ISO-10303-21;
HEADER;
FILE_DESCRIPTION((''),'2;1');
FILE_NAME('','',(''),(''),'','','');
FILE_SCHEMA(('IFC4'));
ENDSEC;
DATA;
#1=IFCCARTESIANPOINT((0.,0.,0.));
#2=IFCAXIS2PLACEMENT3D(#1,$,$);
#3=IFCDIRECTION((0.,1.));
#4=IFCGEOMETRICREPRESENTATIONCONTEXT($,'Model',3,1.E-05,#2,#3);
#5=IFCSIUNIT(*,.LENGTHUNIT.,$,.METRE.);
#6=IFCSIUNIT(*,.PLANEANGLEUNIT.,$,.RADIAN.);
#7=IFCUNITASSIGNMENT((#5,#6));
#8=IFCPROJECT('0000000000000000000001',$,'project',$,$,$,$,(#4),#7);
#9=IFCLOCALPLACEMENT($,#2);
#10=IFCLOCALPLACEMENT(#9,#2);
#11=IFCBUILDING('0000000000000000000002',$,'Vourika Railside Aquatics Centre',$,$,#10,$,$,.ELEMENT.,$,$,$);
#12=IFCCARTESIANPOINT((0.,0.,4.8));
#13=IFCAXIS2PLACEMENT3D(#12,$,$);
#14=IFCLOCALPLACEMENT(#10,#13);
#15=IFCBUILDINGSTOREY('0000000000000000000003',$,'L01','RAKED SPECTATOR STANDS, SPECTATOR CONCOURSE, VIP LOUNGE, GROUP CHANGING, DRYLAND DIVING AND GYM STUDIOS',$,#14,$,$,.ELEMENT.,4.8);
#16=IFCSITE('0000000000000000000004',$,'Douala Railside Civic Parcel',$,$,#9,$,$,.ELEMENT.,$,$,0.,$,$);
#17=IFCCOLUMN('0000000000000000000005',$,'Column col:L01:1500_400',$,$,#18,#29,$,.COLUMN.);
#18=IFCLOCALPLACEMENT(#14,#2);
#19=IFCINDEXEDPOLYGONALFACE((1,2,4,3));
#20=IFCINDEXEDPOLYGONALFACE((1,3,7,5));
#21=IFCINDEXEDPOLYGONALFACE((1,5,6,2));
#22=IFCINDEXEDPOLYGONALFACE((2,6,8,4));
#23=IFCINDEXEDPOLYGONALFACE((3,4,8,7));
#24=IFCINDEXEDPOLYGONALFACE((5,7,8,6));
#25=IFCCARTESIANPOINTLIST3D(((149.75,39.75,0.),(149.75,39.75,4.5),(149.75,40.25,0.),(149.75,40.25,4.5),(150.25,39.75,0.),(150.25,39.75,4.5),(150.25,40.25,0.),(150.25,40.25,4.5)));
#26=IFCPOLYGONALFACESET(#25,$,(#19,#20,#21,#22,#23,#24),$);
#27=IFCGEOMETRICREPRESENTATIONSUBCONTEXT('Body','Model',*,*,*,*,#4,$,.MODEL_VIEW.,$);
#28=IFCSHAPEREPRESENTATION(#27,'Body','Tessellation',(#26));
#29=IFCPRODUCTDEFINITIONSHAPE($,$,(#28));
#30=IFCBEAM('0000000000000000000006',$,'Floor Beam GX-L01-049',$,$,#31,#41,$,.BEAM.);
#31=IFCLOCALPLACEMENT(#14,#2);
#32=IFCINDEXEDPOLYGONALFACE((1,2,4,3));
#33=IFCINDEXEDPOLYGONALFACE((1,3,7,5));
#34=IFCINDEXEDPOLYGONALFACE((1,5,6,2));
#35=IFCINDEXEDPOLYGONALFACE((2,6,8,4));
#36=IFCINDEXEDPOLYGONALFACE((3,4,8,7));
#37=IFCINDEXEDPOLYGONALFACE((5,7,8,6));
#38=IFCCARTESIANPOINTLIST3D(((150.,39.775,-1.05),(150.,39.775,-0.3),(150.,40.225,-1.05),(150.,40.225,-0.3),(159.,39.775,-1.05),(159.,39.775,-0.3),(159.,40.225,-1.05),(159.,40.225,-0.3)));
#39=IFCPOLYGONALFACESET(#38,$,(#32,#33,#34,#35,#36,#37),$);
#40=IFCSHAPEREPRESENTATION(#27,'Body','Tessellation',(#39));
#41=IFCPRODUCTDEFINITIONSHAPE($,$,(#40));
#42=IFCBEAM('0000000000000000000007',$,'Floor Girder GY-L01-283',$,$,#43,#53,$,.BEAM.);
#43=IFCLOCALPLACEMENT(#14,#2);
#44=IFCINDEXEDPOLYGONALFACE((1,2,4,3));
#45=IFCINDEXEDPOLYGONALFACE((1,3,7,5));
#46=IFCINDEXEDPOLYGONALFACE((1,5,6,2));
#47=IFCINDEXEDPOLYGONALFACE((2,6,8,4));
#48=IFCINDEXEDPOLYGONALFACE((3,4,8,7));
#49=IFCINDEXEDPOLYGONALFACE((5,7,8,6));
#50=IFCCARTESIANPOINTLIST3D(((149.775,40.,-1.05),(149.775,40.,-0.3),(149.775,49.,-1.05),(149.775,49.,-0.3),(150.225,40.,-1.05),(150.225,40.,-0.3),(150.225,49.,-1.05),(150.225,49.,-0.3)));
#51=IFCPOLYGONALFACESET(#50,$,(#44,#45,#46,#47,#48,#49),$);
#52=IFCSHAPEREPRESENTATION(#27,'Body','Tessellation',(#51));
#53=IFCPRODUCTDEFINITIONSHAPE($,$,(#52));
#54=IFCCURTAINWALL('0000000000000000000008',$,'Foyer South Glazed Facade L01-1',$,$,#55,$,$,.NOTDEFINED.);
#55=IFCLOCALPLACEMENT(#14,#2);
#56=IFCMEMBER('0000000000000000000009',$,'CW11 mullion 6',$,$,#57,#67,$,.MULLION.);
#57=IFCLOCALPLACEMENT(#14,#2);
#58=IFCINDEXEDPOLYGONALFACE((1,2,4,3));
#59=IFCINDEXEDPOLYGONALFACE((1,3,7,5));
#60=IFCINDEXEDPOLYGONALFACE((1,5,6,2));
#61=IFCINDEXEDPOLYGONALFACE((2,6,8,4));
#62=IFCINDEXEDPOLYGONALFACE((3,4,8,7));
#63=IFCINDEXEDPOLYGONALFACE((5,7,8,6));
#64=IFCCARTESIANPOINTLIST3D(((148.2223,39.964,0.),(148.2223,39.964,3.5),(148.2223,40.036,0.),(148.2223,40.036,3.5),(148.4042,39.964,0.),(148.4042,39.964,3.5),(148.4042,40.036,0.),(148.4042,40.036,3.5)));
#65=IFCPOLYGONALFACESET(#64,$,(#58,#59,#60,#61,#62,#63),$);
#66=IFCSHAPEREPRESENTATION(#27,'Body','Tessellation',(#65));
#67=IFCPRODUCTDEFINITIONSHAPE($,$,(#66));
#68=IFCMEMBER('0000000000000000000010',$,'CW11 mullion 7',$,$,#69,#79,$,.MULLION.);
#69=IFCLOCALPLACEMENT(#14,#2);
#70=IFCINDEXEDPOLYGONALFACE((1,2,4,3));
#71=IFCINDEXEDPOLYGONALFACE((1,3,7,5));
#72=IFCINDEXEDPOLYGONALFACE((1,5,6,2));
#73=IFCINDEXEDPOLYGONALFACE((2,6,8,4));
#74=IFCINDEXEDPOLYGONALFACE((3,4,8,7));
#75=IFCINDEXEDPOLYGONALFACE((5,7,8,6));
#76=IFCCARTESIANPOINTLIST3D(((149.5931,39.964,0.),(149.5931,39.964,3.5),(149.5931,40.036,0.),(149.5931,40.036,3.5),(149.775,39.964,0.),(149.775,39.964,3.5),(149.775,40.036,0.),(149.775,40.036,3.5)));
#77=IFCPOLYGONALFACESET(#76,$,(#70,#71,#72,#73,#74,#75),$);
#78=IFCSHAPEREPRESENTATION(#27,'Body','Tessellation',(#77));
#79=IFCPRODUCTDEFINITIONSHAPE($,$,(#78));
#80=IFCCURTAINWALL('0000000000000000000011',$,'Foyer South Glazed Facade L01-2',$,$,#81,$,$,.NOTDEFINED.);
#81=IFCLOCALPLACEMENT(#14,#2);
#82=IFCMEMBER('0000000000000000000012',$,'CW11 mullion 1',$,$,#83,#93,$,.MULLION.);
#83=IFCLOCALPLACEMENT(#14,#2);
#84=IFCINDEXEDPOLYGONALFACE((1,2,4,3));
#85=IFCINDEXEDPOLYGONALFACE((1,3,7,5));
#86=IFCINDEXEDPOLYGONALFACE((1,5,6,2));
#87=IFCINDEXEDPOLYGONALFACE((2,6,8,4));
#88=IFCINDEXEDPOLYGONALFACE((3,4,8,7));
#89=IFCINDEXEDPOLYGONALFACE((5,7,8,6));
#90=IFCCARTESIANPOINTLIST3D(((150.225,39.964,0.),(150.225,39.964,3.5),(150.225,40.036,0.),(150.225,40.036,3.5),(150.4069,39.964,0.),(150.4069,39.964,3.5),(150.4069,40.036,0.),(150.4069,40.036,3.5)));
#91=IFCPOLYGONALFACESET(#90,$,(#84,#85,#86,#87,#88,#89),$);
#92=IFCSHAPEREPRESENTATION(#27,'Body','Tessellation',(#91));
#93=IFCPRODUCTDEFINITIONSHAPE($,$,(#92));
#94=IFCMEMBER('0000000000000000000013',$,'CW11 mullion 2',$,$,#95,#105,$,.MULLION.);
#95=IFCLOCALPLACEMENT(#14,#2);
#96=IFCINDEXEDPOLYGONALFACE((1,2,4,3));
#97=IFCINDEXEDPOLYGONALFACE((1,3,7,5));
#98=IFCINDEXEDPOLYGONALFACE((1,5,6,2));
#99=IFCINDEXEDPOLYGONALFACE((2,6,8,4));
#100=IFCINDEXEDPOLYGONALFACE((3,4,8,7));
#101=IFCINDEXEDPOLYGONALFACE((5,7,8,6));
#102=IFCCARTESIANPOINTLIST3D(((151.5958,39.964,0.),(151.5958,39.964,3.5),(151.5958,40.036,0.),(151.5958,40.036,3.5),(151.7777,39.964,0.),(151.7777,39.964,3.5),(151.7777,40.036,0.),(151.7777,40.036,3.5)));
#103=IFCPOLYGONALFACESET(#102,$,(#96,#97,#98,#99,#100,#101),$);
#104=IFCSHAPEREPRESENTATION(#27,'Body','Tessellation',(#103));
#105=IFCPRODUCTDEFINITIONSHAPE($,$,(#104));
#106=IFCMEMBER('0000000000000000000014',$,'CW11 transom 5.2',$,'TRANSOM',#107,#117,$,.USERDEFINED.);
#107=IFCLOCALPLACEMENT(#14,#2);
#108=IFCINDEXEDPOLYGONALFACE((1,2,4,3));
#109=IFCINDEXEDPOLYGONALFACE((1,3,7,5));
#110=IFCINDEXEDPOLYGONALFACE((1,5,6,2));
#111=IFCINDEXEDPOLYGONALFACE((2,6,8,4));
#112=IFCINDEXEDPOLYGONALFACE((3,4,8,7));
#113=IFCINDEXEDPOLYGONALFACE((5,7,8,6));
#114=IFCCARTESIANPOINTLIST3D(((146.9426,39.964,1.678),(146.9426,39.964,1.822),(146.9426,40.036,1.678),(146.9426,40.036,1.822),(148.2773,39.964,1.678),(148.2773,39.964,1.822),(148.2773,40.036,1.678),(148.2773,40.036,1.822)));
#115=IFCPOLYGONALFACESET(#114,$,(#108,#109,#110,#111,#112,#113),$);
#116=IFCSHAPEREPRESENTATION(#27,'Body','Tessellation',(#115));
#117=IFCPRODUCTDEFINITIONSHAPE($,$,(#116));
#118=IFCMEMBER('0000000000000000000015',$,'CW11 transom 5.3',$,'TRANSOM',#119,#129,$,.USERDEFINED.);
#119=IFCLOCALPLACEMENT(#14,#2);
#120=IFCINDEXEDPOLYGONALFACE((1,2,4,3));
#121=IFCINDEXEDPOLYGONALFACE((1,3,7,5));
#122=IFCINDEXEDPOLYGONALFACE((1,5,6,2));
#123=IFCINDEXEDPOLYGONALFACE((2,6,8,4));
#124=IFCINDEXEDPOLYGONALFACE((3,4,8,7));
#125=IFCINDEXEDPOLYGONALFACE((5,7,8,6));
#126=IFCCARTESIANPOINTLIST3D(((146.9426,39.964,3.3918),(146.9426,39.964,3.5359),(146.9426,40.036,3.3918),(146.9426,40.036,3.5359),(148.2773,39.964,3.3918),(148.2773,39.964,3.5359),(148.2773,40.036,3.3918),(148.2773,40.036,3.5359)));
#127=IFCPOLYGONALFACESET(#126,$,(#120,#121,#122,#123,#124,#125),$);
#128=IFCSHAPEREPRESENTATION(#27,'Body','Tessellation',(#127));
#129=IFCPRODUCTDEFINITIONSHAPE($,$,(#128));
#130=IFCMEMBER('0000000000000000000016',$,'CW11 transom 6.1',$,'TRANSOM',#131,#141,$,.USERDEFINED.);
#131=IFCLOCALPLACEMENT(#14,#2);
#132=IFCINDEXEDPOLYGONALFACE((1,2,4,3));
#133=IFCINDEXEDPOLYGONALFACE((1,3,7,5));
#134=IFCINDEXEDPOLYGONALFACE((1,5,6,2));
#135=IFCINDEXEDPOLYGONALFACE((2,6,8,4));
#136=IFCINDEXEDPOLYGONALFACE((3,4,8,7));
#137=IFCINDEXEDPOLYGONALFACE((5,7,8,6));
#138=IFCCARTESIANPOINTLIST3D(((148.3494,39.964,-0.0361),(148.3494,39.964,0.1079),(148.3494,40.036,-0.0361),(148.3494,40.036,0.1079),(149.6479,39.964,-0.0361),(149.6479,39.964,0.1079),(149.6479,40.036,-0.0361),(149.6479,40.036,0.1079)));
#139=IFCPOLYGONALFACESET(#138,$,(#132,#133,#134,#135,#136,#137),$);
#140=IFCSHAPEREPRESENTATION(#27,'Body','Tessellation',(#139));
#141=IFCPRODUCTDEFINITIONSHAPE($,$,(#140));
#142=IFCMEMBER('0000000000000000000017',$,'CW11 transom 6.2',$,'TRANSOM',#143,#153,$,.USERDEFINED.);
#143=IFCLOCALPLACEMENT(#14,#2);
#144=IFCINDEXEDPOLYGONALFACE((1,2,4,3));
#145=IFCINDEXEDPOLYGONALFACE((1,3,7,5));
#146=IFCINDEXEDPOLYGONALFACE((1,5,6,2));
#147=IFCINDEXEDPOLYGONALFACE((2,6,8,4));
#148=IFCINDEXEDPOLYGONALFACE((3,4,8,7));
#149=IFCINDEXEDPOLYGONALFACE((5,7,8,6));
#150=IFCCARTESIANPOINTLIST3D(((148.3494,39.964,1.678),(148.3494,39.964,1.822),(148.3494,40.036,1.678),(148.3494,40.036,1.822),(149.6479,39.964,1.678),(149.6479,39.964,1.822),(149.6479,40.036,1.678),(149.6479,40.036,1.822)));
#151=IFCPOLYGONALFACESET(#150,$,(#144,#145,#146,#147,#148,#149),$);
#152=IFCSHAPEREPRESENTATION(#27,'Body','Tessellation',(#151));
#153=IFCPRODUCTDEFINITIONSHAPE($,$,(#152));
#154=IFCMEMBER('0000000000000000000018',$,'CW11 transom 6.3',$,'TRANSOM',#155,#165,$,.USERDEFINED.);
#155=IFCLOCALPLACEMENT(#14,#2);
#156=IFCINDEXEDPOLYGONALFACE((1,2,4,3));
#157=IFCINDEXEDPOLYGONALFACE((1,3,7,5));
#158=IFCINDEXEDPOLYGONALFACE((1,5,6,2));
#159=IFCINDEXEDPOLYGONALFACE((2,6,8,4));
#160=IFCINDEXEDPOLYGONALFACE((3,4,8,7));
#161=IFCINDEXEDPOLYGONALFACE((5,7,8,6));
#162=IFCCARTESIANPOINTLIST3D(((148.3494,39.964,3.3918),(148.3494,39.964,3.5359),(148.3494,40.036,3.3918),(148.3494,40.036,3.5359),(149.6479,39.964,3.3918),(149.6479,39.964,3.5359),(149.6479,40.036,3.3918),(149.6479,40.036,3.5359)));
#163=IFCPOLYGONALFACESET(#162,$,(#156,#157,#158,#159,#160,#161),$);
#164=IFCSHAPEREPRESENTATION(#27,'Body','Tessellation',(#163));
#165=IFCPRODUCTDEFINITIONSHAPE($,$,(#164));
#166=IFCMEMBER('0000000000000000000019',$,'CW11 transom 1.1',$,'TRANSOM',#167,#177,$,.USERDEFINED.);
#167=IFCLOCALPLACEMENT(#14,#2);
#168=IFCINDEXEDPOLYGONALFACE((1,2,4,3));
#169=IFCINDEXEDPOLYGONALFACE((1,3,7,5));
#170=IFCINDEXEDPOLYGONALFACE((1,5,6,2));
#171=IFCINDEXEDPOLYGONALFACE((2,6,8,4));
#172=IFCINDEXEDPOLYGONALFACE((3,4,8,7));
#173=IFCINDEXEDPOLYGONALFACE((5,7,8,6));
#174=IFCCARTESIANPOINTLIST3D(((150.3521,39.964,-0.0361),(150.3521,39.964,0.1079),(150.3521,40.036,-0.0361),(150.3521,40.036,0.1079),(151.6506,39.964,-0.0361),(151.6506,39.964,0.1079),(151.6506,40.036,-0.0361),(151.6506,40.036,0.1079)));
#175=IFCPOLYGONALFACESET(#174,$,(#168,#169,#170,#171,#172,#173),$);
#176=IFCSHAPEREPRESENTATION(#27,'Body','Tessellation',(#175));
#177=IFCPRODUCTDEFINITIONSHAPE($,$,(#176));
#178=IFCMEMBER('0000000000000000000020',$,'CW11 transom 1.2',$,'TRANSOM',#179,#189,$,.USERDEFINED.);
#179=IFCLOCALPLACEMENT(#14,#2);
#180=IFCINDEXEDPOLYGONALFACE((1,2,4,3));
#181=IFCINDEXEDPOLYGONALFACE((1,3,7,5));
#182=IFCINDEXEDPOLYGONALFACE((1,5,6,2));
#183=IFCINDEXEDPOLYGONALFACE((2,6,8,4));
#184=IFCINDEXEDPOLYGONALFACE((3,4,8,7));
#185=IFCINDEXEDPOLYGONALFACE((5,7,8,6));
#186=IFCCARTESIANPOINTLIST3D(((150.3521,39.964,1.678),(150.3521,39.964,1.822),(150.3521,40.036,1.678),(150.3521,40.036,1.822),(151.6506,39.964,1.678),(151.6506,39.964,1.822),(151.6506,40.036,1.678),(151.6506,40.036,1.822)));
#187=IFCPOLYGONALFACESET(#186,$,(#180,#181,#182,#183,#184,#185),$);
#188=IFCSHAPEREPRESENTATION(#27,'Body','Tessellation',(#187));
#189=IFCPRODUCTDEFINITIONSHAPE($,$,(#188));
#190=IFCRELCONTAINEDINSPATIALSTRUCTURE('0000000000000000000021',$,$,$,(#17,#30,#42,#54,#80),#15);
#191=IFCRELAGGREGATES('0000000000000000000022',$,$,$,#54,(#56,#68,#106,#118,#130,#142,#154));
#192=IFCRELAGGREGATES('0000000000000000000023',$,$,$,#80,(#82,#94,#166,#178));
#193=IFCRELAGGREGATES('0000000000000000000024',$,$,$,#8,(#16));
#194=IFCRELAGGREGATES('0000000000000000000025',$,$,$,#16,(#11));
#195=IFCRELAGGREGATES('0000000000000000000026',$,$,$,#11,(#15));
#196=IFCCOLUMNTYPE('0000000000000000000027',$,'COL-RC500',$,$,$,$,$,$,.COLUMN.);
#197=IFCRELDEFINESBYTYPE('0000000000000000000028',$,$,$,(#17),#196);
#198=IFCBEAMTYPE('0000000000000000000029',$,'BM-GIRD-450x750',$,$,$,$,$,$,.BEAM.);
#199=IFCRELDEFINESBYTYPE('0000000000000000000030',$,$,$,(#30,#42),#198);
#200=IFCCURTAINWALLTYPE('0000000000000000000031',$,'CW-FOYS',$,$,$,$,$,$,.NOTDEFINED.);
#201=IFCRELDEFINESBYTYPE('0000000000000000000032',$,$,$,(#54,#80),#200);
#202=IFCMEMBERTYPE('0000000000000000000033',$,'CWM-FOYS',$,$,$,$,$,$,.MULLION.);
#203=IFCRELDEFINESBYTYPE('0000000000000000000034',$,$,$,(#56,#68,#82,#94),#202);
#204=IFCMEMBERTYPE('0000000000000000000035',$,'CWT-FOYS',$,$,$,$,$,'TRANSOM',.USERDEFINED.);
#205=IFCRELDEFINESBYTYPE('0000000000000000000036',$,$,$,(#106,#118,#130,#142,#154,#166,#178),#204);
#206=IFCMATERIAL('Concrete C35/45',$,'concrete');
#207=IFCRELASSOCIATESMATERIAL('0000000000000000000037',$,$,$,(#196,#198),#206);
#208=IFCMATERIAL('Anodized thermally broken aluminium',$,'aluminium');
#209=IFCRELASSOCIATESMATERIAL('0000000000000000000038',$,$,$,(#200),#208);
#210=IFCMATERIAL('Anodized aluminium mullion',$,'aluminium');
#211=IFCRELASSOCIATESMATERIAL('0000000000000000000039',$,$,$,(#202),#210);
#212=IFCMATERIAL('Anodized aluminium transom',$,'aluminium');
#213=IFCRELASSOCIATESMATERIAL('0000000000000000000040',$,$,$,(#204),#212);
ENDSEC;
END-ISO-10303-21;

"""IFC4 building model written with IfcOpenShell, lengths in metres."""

from ifc_helpers import new_model, si_unit, direction, frame, origin, origin_2d, place, context, subcontext, project, spatial, rectangle, extrude, material, material_profile, profile_set, type_object, element, aggregate, save


model = new_model("IFC4")

# Units and contexts
model_context = context("Model", 3, precision=1e-05, world=origin(), true_north=direction((0.0, 1.0)))
body_context = subcontext(model_context, "Body", "Model", "MODEL_VIEW")
ifc_project = project(units=[si_unit("LENGTHUNIT", "METRE"), si_unit("PLANEANGLEUNIT", "RADIAN")], contexts=[model_context])

# Site, building, storey
site_placement = place(None, origin())
site = spatial("IfcSite", under=ifc_project, at=site_placement, Name="Douala Railside Civic Parcel", CompositionType="ELEMENT", RefElevation=0.0)
building_placement = place(site_placement, origin())
building = spatial("IfcBuilding", under=site, at=building_placement, Name="Vourika Railside Aquatics Centre", CompositionType="ELEMENT")
storey_placement = place(building_placement, frame((0.0, 0.0, 4.8)))
storey = spatial("IfcBuildingStorey", under=building, at=storey_placement, Name="L01", Description="RAKED SPECTATOR STANDS, SPECTATOR CONCOURSE, VIP LOUNGE, GROUP CHANGING, DRYLAND DIVING AND GYM STUDIOS", CompositionType="ELEMENT", Elevation=4.8)

# Column
ifc_material_1 = material(Name="Concrete C35/45", Category="concrete")
ifc_material_profile_1 = material_profile(ifc_material_1, rectangle(XDim=0.5, YDim=0.5, at=origin_2d()), Name="RC 500x500")
ifc_profile_set_1 = profile_set([ifc_material_profile_1], Name="Concrete C35/45")
column_type = type_object("IfcColumnType", Name="COL-RC500", PredefinedType="COLUMN", material=ifc_profile_set_1)
column_placement = place(storey_placement, frame((150.0, 40.0, 0.0), z_axis=(0.0, 0.0, 1.0), x_axis=(1.0, 0.0, 0.0)))
element("IfcColumn", 1, at=column_placement, inside=storey, type_object=column_type, Name="Column col:L01:1500_400", PredefinedType="COLUMN", context=body_context, shape_type="SweptSolid", body=[
    extrude(rectangle(XDim=0.5, YDim=0.5, at=origin_2d()), origin(), (0.0, 0.0, 1.0), 4.5),
])

# Beams
ifc_material_profile_2 = material_profile(ifc_material_1, rectangle(XDim=0.45, YDim=0.75, at=origin_2d()), Name="RC 450x750")
ifc_profile_set_2 = profile_set([ifc_material_profile_2], Name="Concrete C35/45")
beam_type = type_object("IfcBeamType", Name="BM-GIRD-450x750", PredefinedType="BEAM", material=ifc_profile_set_2)
for number, where, z_axis, x_axis, name in (
    (2, (150.0, 40.0, -0.675), (1.0, 0.0, 0.0), (0.0, 1.0, 0.0), "Floor Beam GX-L01-049"),
    (3, (150.0, 40.0, -0.675), (0.0, 1.0, 0.0), (-1.0, 0.0, 0.0), "Floor Girder GY-L01-283"),
):
    element("IfcBeam", number, at=place(storey_placement, frame(where, z_axis=z_axis, x_axis=x_axis)), inside=storey, type_object=beam_type, Name=name, PredefinedType="BEAM", context=body_context, shape_type="SweptSolid", body=[
        extrude(rectangle(XDim=0.45, YDim=0.75, at=origin_2d()), origin(), (0.0, 0.0, 1.0), 9.0),
    ])

# Curtain walls, members
ifc_material_2 = material(Name="Anodized thermally broken aluminium", Category="aluminium")
curtain_wall_type = type_object("IfcCurtainWallType", Name="CW-FOYS", PredefinedType="NOTDEFINED", material=ifc_material_2)
curtain_wall_1_placement = place(storey_placement, origin())
curtain_wall_1 = element("IfcCurtainWall", 4, at=curtain_wall_1_placement, inside=storey, type_object=curtain_wall_type, Name="Foyer South Glazed Facade L01-1", PredefinedType="NOTDEFINED")
ifc_material_3 = material(Name="Anodized aluminium mullion", Category="aluminium")
ifc_material_profile_3 = material_profile(ifc_material_3, rectangle(XDim=0.072, YDim=0.1819, at=origin_2d()), Name="ALU-M 72x182")
ifc_profile_set_3 = profile_set([ifc_material_profile_3], Name="Anodized aluminium mullion")
member_type_1 = type_object("IfcMemberType", Name="CWM-FOYS", PredefinedType="MULLION", material=ifc_profile_set_3)
member_1_placement = place(storey_placement, frame((148.3132, 40.0, 0.0), z_axis=(0.0, 0.0, 1.0), x_axis=(0.0, 1.0, 0.0)))
member_1 = element("IfcMember", 5, at=member_1_placement, type_object=member_type_1, Name="CW11 mullion 6", PredefinedType="MULLION", context=body_context, shape_type="SweptSolid", body=[
    extrude(rectangle(XDim=0.072, YDim=0.1819, at=origin_2d()), origin(), (0.0, 0.0, 1.0), 3.5),
])
member_2_placement = place(storey_placement, frame((149.6841, 40.0, 0.0), z_axis=(0.0, 0.0, 1.0), x_axis=(0.0, 1.0, 0.0)))
member_2 = element("IfcMember", 6, at=member_2_placement, type_object=member_type_1, Name="CW11 mullion 7", PredefinedType="MULLION", context=body_context, shape_type="SweptSolid", body=[
    extrude(rectangle(XDim=0.072, YDim=0.1819, at=origin_2d()), origin(), (0.0, 0.0, 1.0), 3.5),
])
curtain_wall_2_placement = place(storey_placement, origin())
curtain_wall_2 = element("IfcCurtainWall", 7, at=curtain_wall_2_placement, inside=storey, type_object=curtain_wall_type, Name="Foyer South Glazed Facade L01-2", PredefinedType="NOTDEFINED")
member_3_placement = place(storey_placement, frame((150.3159, 40.0, 0.0), z_axis=(0.0, 0.0, 1.0), x_axis=(0.0, 1.0, 0.0)))
member_3 = element("IfcMember", 8, at=member_3_placement, type_object=member_type_1, Name="CW11 mullion 1", PredefinedType="MULLION", context=body_context, shape_type="SweptSolid", body=[
    extrude(rectangle(XDim=0.072, YDim=0.1819, at=origin_2d()), origin(), (0.0, 0.0, 1.0), 3.5),
])
member_4_placement = place(storey_placement, frame((151.6868, 40.0, 0.0), z_axis=(0.0, 0.0, 1.0), x_axis=(0.0, 1.0, 0.0)))
member_4 = element("IfcMember", 9, at=member_4_placement, type_object=member_type_1, Name="CW11 mullion 2", PredefinedType="MULLION", context=body_context, shape_type="SweptSolid", body=[
    extrude(rectangle(XDim=0.072, YDim=0.1819, at=origin_2d()), origin(), (0.0, 0.0, 1.0), 3.5),
])

# Members
ifc_material_4 = material(Name="Anodized aluminium transom", Category="aluminium")
ifc_material_profile_4 = material_profile(ifc_material_4, rectangle(XDim=0.072, YDim=0.144, at=origin_2d()), Name="ALU-T 72x144")
ifc_profile_set_4 = profile_set([ifc_material_profile_4], Name="Anodized aluminium transom")
member_type_2 = type_object("IfcMemberType", Name="CWT-FOYS", ElementType="TRANSOM", PredefinedType="USERDEFINED", material=ifc_profile_set_4)
member_5_placement = place(storey_placement, frame((146.9426, 40.0, 1.75), z_axis=(1.0, 0.0, 0.0), x_axis=(0.0, 1.0, 0.0)))
member_5 = element("IfcMember", 10, at=member_5_placement, type_object=member_type_2, Name="CW11 transom 5.2", ObjectType="TRANSOM", PredefinedType="USERDEFINED", context=body_context, shape_type="SweptSolid", body=[
    extrude(rectangle(XDim=0.072, YDim=0.144, at=origin_2d()), origin(), (0.0, 0.0, 1.0), 1.3347),
])
member_6_placement = place(storey_placement, frame((146.9426, 40.0, 3.4639), z_axis=(1.0, 0.0, 0.0), x_axis=(0.0, 1.0, 0.0)))
member_6 = element("IfcMember", 11, at=member_6_placement, type_object=member_type_2, Name="CW11 transom 5.3", ObjectType="TRANSOM", PredefinedType="USERDEFINED", context=body_context, shape_type="SweptSolid", body=[
    extrude(rectangle(XDim=0.072, YDim=0.144, at=origin_2d()), origin(), (0.0, 0.0, 1.0), 1.3347),
])
member_7_placement = place(storey_placement, frame((148.3494, 40.0, 0.0359), z_axis=(1.0, 0.0, 0.0), x_axis=(0.0, 1.0, 0.0)))
member_7 = element("IfcMember", 12, at=member_7_placement, type_object=member_type_2, Name="CW11 transom 6.1", ObjectType="TRANSOM", PredefinedType="USERDEFINED", context=body_context, shape_type="SweptSolid", body=[
    extrude(rectangle(XDim=0.072, YDim=0.144, at=origin_2d()), origin(), (0.0, 0.0, 1.0), 1.2986),
])
member_8_placement = place(storey_placement, frame((148.3494, 40.0, 1.75), z_axis=(1.0, 0.0, 0.0), x_axis=(0.0, 1.0, 0.0)))
member_8 = element("IfcMember", 13, at=member_8_placement, type_object=member_type_2, Name="CW11 transom 6.2", ObjectType="TRANSOM", PredefinedType="USERDEFINED", context=body_context, shape_type="SweptSolid", body=[
    extrude(rectangle(XDim=0.072, YDim=0.144, at=origin_2d()), origin(), (0.0, 0.0, 1.0), 1.2986),
])
member_9_placement = place(storey_placement, frame((148.3494, 40.0, 3.4639), z_axis=(1.0, 0.0, 0.0), x_axis=(0.0, 1.0, 0.0)))
member_9 = element("IfcMember", 14, at=member_9_placement, type_object=member_type_2, Name="CW11 transom 6.3", ObjectType="TRANSOM", PredefinedType="USERDEFINED", context=body_context, shape_type="SweptSolid", body=[
    extrude(rectangle(XDim=0.072, YDim=0.144, at=origin_2d()), origin(), (0.0, 0.0, 1.0), 1.2986),
])
member_10_placement = place(storey_placement, frame((150.3521, 40.0, 0.0359), z_axis=(1.0, 0.0, 0.0), x_axis=(0.0, 1.0, 0.0)))
member_10 = element("IfcMember", 15, at=member_10_placement, type_object=member_type_2, Name="CW11 transom 1.1", ObjectType="TRANSOM", PredefinedType="USERDEFINED", context=body_context, shape_type="SweptSolid", body=[
    extrude(rectangle(XDim=0.072, YDim=0.144, at=origin_2d()), origin(), (0.0, 0.0, 1.0), 1.2986),
])
member_11_placement = place(storey_placement, frame((150.3521, 40.0, 1.75), z_axis=(1.0, 0.0, 0.0), x_axis=(0.0, 1.0, 0.0)))
member_11 = element("IfcMember", 16, at=member_11_placement, type_object=member_type_2, Name="CW11 transom 1.2", ObjectType="TRANSOM", PredefinedType="USERDEFINED", context=body_context, shape_type="SweptSolid", body=[
    extrude(rectangle(XDim=0.072, YDim=0.144, at=origin_2d()), origin(), (0.0, 0.0, 1.0), 1.2986),
])

aggregate(curtain_wall_1, [member_1, member_2, member_5, member_6, member_7, member_8, member_9])
aggregate(curtain_wall_2, [member_3, member_4, member_10, member_11])

save(model, "model.ifc")
